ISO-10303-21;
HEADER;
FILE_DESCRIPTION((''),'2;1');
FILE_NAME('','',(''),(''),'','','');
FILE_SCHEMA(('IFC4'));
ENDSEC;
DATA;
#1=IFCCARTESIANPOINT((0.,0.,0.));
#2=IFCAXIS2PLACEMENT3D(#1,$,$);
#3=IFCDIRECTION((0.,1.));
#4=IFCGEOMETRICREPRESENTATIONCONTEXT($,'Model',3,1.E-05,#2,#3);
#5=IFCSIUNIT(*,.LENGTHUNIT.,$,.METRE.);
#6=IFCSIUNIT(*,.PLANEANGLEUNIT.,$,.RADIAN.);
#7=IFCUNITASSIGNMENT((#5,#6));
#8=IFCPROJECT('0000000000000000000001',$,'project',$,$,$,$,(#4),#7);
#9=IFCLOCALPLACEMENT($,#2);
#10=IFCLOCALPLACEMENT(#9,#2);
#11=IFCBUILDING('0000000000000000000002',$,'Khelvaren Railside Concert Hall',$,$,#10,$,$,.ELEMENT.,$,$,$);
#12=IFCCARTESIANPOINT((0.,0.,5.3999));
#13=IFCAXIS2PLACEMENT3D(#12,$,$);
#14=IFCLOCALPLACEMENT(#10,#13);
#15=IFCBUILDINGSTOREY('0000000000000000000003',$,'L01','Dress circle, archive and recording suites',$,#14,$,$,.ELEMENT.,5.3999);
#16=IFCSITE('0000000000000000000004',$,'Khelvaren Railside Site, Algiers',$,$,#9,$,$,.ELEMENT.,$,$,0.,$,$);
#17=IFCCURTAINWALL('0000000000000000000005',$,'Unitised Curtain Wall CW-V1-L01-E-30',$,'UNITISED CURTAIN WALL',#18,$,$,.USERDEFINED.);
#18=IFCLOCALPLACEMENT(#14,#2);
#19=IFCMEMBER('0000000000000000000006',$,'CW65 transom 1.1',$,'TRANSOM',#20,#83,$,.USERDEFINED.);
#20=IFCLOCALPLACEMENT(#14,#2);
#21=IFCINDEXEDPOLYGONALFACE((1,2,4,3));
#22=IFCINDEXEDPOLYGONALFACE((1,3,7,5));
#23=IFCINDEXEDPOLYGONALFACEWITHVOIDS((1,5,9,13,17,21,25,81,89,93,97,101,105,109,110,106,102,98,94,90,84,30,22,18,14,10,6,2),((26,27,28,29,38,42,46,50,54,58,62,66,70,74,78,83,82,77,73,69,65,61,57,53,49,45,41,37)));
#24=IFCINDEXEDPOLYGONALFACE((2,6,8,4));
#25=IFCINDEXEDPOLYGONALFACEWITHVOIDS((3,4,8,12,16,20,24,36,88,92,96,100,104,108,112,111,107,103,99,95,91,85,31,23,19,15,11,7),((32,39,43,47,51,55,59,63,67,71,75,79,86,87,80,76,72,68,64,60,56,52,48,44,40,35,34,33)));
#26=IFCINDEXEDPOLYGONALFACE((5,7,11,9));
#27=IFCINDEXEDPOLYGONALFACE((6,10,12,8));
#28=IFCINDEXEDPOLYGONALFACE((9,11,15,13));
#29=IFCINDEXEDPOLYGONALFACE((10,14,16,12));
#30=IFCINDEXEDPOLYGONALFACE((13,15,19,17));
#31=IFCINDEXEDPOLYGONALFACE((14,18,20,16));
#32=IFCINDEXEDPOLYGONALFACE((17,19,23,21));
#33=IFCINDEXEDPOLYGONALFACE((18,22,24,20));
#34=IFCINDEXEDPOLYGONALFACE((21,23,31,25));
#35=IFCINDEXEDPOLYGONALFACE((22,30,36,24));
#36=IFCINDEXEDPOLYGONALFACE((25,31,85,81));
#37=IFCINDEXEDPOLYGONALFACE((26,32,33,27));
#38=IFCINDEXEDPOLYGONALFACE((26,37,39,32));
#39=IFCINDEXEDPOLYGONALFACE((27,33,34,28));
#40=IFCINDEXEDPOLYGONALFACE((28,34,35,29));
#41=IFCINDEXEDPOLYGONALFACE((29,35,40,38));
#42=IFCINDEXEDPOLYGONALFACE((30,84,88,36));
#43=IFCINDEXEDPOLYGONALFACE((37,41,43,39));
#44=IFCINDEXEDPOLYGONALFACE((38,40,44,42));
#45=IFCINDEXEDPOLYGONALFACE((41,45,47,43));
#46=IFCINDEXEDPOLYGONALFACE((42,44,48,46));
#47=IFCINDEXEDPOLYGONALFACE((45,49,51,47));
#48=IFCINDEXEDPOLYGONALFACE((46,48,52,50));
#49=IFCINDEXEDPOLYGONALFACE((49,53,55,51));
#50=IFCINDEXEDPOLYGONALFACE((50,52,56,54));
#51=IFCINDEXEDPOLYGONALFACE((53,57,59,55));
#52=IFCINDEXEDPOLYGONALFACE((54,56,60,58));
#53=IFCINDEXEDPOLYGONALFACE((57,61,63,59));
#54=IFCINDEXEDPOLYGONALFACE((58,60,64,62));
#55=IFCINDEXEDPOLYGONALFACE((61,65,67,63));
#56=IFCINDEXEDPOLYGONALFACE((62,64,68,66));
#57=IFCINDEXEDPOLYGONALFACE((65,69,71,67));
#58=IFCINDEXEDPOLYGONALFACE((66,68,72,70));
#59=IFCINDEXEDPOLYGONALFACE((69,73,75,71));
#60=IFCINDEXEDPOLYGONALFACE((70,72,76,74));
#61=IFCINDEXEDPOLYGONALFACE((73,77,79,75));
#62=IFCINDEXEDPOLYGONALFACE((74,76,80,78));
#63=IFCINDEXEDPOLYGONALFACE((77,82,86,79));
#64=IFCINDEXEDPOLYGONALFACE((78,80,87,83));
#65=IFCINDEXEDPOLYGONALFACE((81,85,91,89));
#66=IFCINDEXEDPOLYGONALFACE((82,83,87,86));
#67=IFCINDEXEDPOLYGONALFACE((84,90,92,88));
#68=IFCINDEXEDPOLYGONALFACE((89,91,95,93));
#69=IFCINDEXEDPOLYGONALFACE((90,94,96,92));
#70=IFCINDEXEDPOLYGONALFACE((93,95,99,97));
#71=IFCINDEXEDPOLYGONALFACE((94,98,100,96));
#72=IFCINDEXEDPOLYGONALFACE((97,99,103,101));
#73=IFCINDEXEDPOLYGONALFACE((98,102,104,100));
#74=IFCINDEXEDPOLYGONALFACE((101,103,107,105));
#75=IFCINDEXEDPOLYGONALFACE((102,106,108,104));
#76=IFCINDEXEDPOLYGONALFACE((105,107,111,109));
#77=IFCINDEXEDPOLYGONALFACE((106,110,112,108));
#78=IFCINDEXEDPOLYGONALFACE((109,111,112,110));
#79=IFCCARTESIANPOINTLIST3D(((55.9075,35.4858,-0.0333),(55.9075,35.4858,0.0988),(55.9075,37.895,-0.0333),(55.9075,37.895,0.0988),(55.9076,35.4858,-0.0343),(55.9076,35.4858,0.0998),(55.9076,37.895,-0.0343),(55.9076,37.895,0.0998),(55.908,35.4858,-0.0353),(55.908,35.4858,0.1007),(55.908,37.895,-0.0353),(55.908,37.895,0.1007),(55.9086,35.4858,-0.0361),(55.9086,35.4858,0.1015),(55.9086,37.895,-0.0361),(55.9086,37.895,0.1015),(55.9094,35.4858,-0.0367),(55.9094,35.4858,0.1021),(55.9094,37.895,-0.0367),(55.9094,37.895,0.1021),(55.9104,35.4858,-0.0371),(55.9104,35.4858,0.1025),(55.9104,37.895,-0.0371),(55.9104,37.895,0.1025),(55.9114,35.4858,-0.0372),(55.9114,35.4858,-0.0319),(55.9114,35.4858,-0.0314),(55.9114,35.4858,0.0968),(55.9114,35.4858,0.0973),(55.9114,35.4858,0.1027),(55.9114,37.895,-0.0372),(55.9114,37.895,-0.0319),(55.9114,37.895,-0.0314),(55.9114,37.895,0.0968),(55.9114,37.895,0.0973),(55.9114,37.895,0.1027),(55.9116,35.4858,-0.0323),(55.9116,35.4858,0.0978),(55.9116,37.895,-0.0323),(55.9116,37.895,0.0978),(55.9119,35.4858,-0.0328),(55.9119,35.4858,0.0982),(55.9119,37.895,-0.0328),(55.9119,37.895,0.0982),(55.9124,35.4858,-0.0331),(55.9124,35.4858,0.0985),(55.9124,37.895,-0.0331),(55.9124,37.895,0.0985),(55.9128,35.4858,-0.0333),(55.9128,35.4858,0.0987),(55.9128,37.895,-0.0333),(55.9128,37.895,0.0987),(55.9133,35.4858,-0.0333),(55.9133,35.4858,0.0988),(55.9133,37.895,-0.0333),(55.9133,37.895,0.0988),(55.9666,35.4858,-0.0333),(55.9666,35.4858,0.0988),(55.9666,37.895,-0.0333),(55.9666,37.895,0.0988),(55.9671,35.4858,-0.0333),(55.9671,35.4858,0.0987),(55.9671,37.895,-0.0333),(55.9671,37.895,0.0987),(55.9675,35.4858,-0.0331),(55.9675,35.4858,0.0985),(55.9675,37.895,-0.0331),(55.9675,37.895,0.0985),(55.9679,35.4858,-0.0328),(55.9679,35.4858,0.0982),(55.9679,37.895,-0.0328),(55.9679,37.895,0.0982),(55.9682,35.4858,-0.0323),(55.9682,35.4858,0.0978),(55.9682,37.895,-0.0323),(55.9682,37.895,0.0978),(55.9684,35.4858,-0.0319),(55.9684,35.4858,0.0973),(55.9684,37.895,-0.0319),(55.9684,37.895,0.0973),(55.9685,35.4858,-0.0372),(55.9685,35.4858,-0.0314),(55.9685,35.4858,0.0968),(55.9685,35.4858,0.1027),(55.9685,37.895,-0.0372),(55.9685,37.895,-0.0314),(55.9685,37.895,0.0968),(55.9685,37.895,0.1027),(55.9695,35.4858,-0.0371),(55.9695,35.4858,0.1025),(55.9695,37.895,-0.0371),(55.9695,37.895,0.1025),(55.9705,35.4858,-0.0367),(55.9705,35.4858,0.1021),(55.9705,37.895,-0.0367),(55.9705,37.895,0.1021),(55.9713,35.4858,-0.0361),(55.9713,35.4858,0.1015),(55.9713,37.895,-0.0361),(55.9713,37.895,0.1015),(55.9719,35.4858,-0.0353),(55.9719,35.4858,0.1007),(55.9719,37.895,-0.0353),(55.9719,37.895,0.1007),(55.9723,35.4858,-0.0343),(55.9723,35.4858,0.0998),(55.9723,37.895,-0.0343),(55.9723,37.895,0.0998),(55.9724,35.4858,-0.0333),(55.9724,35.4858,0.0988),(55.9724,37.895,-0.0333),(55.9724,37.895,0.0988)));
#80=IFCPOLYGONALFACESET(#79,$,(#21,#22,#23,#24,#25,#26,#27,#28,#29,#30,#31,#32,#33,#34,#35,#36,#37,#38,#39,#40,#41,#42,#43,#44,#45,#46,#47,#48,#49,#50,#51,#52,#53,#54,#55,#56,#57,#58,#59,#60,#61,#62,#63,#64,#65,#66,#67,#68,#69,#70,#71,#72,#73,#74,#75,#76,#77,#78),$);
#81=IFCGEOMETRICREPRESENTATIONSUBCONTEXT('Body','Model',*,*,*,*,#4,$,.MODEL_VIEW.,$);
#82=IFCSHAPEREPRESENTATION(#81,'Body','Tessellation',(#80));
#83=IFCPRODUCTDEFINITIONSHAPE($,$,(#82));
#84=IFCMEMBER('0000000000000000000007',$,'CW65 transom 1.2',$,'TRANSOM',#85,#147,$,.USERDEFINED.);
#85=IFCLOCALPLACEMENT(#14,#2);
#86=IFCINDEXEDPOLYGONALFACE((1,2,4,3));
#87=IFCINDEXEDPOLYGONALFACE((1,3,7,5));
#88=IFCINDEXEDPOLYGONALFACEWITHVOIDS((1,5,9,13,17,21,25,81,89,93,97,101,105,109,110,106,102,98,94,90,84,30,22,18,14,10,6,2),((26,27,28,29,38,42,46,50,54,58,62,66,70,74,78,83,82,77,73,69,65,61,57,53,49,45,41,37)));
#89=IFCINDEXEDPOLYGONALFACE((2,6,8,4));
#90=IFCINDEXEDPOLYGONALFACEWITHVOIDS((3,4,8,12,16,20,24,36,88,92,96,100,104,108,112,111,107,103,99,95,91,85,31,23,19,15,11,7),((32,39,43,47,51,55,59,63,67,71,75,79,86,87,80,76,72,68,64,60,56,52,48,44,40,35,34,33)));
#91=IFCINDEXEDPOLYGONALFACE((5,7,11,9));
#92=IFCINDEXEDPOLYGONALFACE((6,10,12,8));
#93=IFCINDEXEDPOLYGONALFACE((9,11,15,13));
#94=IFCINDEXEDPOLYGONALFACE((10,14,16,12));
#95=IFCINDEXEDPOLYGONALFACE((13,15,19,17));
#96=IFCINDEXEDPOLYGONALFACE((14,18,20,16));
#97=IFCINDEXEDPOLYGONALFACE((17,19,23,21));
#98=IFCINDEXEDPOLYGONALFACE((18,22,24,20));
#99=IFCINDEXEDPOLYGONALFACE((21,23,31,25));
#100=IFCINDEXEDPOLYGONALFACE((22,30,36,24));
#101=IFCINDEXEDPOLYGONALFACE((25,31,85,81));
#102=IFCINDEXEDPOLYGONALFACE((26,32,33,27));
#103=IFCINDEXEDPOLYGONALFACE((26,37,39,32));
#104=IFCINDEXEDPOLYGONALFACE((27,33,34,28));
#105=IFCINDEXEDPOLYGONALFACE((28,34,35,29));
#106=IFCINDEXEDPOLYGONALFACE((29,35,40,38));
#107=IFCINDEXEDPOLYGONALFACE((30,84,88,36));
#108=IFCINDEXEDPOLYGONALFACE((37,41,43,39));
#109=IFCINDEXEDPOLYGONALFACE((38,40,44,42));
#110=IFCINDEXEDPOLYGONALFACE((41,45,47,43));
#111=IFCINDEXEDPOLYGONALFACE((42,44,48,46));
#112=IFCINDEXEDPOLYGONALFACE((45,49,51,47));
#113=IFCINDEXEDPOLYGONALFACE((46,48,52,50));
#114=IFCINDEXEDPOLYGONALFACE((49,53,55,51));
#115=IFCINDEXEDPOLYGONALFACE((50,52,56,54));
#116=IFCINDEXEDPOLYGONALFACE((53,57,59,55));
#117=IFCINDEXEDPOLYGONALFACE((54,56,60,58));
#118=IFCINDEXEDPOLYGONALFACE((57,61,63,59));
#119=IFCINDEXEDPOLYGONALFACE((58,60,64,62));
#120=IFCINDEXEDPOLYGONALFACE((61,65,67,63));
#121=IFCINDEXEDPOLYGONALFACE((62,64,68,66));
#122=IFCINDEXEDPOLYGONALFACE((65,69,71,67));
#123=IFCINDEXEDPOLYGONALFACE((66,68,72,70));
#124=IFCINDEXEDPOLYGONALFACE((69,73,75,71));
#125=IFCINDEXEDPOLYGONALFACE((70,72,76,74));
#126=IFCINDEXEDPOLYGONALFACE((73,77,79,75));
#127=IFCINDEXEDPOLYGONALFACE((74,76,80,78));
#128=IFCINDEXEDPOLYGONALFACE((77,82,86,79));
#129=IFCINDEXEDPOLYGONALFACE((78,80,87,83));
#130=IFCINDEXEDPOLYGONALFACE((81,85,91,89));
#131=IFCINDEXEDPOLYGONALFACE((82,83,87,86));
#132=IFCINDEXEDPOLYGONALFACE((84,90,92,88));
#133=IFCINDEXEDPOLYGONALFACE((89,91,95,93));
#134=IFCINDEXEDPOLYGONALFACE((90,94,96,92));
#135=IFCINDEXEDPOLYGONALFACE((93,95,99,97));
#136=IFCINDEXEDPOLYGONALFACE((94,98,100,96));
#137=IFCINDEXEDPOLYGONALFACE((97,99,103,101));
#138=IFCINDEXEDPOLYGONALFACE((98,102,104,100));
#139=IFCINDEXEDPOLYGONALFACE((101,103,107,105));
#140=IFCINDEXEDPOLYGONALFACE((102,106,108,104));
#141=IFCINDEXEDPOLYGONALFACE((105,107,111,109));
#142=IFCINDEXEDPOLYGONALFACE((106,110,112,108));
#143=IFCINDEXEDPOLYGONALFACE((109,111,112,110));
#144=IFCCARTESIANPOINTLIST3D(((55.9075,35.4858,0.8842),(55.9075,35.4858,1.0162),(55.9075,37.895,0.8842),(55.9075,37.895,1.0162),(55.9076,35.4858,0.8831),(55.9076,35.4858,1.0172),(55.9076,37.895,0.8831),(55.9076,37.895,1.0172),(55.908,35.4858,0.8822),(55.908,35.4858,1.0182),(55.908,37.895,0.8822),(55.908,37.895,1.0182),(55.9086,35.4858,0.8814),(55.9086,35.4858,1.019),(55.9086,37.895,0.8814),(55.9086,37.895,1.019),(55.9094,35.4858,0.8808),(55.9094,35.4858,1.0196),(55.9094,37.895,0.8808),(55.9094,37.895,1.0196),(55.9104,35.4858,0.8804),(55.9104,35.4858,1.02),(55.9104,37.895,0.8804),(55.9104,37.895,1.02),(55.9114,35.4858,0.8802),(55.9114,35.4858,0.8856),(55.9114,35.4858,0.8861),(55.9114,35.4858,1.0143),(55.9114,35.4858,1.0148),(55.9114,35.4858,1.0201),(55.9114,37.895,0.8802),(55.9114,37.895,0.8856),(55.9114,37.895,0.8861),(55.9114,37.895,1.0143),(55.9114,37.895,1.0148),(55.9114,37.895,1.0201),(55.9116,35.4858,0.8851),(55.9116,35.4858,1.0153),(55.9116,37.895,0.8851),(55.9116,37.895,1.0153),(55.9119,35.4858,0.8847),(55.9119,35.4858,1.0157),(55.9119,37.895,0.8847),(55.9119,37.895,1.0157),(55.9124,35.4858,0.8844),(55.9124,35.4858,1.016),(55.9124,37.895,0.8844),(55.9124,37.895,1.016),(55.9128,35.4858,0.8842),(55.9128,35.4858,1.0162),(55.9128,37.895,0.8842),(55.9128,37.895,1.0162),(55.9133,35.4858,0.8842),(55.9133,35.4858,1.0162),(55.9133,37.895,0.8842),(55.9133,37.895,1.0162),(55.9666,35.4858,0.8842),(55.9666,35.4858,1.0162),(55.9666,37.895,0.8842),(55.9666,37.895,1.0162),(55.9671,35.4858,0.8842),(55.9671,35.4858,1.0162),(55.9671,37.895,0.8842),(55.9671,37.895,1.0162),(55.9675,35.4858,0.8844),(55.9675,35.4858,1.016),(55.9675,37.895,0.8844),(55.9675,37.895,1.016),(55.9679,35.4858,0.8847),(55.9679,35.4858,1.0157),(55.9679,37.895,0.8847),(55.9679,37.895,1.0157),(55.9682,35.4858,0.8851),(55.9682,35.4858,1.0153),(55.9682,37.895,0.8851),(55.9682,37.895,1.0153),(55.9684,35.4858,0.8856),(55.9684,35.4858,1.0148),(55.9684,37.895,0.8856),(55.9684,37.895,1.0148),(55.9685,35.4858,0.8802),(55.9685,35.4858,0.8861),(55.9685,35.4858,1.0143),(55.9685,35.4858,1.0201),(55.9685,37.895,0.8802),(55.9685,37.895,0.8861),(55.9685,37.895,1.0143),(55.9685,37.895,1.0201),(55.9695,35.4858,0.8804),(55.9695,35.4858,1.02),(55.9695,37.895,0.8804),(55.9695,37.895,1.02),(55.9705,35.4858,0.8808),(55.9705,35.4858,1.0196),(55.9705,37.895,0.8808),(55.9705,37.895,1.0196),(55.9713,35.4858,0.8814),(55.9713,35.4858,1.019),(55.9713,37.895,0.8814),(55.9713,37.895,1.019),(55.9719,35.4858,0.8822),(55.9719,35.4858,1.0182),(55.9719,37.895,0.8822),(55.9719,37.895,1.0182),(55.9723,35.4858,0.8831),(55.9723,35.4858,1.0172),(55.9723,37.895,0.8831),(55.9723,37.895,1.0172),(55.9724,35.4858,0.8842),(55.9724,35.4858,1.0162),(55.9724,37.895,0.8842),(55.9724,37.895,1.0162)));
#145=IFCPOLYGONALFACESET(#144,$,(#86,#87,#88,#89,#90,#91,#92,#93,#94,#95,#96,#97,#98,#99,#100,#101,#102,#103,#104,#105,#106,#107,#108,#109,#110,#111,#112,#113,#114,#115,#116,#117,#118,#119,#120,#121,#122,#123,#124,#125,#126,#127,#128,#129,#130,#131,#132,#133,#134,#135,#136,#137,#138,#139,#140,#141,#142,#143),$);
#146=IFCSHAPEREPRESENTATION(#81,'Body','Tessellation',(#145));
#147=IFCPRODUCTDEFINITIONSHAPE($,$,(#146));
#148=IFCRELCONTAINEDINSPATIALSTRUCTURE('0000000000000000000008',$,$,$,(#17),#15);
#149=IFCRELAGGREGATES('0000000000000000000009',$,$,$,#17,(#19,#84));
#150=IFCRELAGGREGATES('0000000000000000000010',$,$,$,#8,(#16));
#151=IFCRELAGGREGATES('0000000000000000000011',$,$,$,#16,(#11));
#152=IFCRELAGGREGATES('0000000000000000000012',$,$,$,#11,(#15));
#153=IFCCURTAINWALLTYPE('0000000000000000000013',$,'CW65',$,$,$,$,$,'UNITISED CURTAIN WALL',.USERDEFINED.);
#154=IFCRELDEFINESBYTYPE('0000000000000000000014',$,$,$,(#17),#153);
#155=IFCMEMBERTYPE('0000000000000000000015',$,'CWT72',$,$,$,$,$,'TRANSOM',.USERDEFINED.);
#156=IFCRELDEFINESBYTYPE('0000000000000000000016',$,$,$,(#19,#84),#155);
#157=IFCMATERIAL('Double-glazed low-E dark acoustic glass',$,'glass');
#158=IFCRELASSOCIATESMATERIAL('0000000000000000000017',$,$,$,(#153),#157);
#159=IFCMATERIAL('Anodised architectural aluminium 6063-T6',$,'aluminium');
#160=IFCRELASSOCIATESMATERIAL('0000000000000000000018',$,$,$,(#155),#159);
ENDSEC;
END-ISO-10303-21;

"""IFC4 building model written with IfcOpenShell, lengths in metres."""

from ifc_helpers import new_model, si_unit, direction, frame, origin, origin_2d, place, context, subcontext, project, spatial, hollow_rectangle, extrude, material, material_profile, profile_set, type_object, element, aggregate, save


model = new_model("IFC4")

# Units and contexts
model_context = context("Model", 3, precision=1e-05, world=origin(), true_north=direction((0.0, 1.0)))
body_context = subcontext(model_context, "Body", "Model", "MODEL_VIEW")
ifc_project = project(units=[si_unit("LENGTHUNIT", "METRE"), si_unit("PLANEANGLEUNIT", "RADIAN")], contexts=[model_context])

# Site, building, storey
site_placement = place(None, origin())
site = spatial("IfcSite", under=ifc_project, at=site_placement, Name="Khelvaren Railside Site, Algiers", CompositionType="ELEMENT", RefElevation=0.0)
building_placement = place(site_placement, origin())
building = spatial("IfcBuilding", under=site, at=building_placement, Name="Khelvaren Railside Concert Hall", CompositionType="ELEMENT")
storey_placement = place(building_placement, frame((0.0, 0.0, 5.3999)))
storey = spatial("IfcBuildingStorey", under=building, at=storey_placement, Name="L01", Description="Dress circle, archive and recording suites", CompositionType="ELEMENT", Elevation=5.3999)

# Curtain wall
ifc_material_1 = material(Name="Double-glazed low-E dark acoustic glass", Category="glass")
curtain_wall_type_1 = type_object("IfcCurtainWallType", Name="CW65", ElementType="UNITISED CURTAIN WALL", PredefinedType="USERDEFINED", material=ifc_material_1)
curtain_wall_1_placement = place(storey_placement, origin())
curtain_wall_1 = element("IfcCurtainWall", 1, at=curtain_wall_1_placement, inside=storey, type_object=curtain_wall_type_1, Name="Unitised Curtain Wall CW-V1-L01-E-30", ObjectType="UNITISED CURTAIN WALL", PredefinedType="USERDEFINED")
ifc_material_2 = material(Name="Anodised architectural aluminium 6063-T6", Category="aluminium")

# Members
ifc_material_profile_1 = material_profile(ifc_material_2, hollow_rectangle(XDim=0.0649, YDim=0.1399, WallThickness=0.0039, InnerFilletRadius=0.002, OuterFilletRadius=0.0039, at=origin_2d()), Name="CWT 65x140x4")
ifc_profile_set_1 = profile_set([ifc_material_profile_1], Name="Anodised architectural aluminium 6063-T6")
member_type_1 = type_object("IfcMemberType", Name="CWT72", ElementType="TRANSOM", PredefinedType="USERDEFINED", material=ifc_profile_set_1)
member_1_placement = place(storey_placement, frame((55.9399, 37.895, 0.0327), z_axis=(0.0, -1.0, 0.0), x_axis=(1.0, 0.0, 0.0)))
member_1 = element("IfcMember", 2, at=member_1_placement, type_object=member_type_1, Name="CW65 transom 1.1", ObjectType="TRANSOM", PredefinedType="USERDEFINED", context=body_context, shape_type="SweptSolid", body=[
    extrude(hollow_rectangle(XDim=0.0649, YDim=0.1399, WallThickness=0.0039, InnerFilletRadius=0.002, OuterFilletRadius=0.0039, at=origin_2d()), origin(), (0.0, 0.0, 1.0), 2.4092),
])
member_2_placement = place(storey_placement, frame((55.9399, 37.895, 0.9502), z_axis=(0.0, -1.0, 0.0), x_axis=(1.0, 0.0, 0.0)))
member_2 = element("IfcMember", 3, at=member_2_placement, type_object=member_type_1, Name="CW65 transom 1.2", ObjectType="TRANSOM", PredefinedType="USERDEFINED", context=body_context, shape_type="SweptSolid", body=[
    extrude(hollow_rectangle(XDim=0.0649, YDim=0.1399, WallThickness=0.0039, InnerFilletRadius=0.002, OuterFilletRadius=0.0039, at=origin_2d()), origin(), (0.0, 0.0, 1.0), 2.4092),
])

aggregate(curtain_wall_1, [member_1, member_2])

save(model, "model.ifc")
